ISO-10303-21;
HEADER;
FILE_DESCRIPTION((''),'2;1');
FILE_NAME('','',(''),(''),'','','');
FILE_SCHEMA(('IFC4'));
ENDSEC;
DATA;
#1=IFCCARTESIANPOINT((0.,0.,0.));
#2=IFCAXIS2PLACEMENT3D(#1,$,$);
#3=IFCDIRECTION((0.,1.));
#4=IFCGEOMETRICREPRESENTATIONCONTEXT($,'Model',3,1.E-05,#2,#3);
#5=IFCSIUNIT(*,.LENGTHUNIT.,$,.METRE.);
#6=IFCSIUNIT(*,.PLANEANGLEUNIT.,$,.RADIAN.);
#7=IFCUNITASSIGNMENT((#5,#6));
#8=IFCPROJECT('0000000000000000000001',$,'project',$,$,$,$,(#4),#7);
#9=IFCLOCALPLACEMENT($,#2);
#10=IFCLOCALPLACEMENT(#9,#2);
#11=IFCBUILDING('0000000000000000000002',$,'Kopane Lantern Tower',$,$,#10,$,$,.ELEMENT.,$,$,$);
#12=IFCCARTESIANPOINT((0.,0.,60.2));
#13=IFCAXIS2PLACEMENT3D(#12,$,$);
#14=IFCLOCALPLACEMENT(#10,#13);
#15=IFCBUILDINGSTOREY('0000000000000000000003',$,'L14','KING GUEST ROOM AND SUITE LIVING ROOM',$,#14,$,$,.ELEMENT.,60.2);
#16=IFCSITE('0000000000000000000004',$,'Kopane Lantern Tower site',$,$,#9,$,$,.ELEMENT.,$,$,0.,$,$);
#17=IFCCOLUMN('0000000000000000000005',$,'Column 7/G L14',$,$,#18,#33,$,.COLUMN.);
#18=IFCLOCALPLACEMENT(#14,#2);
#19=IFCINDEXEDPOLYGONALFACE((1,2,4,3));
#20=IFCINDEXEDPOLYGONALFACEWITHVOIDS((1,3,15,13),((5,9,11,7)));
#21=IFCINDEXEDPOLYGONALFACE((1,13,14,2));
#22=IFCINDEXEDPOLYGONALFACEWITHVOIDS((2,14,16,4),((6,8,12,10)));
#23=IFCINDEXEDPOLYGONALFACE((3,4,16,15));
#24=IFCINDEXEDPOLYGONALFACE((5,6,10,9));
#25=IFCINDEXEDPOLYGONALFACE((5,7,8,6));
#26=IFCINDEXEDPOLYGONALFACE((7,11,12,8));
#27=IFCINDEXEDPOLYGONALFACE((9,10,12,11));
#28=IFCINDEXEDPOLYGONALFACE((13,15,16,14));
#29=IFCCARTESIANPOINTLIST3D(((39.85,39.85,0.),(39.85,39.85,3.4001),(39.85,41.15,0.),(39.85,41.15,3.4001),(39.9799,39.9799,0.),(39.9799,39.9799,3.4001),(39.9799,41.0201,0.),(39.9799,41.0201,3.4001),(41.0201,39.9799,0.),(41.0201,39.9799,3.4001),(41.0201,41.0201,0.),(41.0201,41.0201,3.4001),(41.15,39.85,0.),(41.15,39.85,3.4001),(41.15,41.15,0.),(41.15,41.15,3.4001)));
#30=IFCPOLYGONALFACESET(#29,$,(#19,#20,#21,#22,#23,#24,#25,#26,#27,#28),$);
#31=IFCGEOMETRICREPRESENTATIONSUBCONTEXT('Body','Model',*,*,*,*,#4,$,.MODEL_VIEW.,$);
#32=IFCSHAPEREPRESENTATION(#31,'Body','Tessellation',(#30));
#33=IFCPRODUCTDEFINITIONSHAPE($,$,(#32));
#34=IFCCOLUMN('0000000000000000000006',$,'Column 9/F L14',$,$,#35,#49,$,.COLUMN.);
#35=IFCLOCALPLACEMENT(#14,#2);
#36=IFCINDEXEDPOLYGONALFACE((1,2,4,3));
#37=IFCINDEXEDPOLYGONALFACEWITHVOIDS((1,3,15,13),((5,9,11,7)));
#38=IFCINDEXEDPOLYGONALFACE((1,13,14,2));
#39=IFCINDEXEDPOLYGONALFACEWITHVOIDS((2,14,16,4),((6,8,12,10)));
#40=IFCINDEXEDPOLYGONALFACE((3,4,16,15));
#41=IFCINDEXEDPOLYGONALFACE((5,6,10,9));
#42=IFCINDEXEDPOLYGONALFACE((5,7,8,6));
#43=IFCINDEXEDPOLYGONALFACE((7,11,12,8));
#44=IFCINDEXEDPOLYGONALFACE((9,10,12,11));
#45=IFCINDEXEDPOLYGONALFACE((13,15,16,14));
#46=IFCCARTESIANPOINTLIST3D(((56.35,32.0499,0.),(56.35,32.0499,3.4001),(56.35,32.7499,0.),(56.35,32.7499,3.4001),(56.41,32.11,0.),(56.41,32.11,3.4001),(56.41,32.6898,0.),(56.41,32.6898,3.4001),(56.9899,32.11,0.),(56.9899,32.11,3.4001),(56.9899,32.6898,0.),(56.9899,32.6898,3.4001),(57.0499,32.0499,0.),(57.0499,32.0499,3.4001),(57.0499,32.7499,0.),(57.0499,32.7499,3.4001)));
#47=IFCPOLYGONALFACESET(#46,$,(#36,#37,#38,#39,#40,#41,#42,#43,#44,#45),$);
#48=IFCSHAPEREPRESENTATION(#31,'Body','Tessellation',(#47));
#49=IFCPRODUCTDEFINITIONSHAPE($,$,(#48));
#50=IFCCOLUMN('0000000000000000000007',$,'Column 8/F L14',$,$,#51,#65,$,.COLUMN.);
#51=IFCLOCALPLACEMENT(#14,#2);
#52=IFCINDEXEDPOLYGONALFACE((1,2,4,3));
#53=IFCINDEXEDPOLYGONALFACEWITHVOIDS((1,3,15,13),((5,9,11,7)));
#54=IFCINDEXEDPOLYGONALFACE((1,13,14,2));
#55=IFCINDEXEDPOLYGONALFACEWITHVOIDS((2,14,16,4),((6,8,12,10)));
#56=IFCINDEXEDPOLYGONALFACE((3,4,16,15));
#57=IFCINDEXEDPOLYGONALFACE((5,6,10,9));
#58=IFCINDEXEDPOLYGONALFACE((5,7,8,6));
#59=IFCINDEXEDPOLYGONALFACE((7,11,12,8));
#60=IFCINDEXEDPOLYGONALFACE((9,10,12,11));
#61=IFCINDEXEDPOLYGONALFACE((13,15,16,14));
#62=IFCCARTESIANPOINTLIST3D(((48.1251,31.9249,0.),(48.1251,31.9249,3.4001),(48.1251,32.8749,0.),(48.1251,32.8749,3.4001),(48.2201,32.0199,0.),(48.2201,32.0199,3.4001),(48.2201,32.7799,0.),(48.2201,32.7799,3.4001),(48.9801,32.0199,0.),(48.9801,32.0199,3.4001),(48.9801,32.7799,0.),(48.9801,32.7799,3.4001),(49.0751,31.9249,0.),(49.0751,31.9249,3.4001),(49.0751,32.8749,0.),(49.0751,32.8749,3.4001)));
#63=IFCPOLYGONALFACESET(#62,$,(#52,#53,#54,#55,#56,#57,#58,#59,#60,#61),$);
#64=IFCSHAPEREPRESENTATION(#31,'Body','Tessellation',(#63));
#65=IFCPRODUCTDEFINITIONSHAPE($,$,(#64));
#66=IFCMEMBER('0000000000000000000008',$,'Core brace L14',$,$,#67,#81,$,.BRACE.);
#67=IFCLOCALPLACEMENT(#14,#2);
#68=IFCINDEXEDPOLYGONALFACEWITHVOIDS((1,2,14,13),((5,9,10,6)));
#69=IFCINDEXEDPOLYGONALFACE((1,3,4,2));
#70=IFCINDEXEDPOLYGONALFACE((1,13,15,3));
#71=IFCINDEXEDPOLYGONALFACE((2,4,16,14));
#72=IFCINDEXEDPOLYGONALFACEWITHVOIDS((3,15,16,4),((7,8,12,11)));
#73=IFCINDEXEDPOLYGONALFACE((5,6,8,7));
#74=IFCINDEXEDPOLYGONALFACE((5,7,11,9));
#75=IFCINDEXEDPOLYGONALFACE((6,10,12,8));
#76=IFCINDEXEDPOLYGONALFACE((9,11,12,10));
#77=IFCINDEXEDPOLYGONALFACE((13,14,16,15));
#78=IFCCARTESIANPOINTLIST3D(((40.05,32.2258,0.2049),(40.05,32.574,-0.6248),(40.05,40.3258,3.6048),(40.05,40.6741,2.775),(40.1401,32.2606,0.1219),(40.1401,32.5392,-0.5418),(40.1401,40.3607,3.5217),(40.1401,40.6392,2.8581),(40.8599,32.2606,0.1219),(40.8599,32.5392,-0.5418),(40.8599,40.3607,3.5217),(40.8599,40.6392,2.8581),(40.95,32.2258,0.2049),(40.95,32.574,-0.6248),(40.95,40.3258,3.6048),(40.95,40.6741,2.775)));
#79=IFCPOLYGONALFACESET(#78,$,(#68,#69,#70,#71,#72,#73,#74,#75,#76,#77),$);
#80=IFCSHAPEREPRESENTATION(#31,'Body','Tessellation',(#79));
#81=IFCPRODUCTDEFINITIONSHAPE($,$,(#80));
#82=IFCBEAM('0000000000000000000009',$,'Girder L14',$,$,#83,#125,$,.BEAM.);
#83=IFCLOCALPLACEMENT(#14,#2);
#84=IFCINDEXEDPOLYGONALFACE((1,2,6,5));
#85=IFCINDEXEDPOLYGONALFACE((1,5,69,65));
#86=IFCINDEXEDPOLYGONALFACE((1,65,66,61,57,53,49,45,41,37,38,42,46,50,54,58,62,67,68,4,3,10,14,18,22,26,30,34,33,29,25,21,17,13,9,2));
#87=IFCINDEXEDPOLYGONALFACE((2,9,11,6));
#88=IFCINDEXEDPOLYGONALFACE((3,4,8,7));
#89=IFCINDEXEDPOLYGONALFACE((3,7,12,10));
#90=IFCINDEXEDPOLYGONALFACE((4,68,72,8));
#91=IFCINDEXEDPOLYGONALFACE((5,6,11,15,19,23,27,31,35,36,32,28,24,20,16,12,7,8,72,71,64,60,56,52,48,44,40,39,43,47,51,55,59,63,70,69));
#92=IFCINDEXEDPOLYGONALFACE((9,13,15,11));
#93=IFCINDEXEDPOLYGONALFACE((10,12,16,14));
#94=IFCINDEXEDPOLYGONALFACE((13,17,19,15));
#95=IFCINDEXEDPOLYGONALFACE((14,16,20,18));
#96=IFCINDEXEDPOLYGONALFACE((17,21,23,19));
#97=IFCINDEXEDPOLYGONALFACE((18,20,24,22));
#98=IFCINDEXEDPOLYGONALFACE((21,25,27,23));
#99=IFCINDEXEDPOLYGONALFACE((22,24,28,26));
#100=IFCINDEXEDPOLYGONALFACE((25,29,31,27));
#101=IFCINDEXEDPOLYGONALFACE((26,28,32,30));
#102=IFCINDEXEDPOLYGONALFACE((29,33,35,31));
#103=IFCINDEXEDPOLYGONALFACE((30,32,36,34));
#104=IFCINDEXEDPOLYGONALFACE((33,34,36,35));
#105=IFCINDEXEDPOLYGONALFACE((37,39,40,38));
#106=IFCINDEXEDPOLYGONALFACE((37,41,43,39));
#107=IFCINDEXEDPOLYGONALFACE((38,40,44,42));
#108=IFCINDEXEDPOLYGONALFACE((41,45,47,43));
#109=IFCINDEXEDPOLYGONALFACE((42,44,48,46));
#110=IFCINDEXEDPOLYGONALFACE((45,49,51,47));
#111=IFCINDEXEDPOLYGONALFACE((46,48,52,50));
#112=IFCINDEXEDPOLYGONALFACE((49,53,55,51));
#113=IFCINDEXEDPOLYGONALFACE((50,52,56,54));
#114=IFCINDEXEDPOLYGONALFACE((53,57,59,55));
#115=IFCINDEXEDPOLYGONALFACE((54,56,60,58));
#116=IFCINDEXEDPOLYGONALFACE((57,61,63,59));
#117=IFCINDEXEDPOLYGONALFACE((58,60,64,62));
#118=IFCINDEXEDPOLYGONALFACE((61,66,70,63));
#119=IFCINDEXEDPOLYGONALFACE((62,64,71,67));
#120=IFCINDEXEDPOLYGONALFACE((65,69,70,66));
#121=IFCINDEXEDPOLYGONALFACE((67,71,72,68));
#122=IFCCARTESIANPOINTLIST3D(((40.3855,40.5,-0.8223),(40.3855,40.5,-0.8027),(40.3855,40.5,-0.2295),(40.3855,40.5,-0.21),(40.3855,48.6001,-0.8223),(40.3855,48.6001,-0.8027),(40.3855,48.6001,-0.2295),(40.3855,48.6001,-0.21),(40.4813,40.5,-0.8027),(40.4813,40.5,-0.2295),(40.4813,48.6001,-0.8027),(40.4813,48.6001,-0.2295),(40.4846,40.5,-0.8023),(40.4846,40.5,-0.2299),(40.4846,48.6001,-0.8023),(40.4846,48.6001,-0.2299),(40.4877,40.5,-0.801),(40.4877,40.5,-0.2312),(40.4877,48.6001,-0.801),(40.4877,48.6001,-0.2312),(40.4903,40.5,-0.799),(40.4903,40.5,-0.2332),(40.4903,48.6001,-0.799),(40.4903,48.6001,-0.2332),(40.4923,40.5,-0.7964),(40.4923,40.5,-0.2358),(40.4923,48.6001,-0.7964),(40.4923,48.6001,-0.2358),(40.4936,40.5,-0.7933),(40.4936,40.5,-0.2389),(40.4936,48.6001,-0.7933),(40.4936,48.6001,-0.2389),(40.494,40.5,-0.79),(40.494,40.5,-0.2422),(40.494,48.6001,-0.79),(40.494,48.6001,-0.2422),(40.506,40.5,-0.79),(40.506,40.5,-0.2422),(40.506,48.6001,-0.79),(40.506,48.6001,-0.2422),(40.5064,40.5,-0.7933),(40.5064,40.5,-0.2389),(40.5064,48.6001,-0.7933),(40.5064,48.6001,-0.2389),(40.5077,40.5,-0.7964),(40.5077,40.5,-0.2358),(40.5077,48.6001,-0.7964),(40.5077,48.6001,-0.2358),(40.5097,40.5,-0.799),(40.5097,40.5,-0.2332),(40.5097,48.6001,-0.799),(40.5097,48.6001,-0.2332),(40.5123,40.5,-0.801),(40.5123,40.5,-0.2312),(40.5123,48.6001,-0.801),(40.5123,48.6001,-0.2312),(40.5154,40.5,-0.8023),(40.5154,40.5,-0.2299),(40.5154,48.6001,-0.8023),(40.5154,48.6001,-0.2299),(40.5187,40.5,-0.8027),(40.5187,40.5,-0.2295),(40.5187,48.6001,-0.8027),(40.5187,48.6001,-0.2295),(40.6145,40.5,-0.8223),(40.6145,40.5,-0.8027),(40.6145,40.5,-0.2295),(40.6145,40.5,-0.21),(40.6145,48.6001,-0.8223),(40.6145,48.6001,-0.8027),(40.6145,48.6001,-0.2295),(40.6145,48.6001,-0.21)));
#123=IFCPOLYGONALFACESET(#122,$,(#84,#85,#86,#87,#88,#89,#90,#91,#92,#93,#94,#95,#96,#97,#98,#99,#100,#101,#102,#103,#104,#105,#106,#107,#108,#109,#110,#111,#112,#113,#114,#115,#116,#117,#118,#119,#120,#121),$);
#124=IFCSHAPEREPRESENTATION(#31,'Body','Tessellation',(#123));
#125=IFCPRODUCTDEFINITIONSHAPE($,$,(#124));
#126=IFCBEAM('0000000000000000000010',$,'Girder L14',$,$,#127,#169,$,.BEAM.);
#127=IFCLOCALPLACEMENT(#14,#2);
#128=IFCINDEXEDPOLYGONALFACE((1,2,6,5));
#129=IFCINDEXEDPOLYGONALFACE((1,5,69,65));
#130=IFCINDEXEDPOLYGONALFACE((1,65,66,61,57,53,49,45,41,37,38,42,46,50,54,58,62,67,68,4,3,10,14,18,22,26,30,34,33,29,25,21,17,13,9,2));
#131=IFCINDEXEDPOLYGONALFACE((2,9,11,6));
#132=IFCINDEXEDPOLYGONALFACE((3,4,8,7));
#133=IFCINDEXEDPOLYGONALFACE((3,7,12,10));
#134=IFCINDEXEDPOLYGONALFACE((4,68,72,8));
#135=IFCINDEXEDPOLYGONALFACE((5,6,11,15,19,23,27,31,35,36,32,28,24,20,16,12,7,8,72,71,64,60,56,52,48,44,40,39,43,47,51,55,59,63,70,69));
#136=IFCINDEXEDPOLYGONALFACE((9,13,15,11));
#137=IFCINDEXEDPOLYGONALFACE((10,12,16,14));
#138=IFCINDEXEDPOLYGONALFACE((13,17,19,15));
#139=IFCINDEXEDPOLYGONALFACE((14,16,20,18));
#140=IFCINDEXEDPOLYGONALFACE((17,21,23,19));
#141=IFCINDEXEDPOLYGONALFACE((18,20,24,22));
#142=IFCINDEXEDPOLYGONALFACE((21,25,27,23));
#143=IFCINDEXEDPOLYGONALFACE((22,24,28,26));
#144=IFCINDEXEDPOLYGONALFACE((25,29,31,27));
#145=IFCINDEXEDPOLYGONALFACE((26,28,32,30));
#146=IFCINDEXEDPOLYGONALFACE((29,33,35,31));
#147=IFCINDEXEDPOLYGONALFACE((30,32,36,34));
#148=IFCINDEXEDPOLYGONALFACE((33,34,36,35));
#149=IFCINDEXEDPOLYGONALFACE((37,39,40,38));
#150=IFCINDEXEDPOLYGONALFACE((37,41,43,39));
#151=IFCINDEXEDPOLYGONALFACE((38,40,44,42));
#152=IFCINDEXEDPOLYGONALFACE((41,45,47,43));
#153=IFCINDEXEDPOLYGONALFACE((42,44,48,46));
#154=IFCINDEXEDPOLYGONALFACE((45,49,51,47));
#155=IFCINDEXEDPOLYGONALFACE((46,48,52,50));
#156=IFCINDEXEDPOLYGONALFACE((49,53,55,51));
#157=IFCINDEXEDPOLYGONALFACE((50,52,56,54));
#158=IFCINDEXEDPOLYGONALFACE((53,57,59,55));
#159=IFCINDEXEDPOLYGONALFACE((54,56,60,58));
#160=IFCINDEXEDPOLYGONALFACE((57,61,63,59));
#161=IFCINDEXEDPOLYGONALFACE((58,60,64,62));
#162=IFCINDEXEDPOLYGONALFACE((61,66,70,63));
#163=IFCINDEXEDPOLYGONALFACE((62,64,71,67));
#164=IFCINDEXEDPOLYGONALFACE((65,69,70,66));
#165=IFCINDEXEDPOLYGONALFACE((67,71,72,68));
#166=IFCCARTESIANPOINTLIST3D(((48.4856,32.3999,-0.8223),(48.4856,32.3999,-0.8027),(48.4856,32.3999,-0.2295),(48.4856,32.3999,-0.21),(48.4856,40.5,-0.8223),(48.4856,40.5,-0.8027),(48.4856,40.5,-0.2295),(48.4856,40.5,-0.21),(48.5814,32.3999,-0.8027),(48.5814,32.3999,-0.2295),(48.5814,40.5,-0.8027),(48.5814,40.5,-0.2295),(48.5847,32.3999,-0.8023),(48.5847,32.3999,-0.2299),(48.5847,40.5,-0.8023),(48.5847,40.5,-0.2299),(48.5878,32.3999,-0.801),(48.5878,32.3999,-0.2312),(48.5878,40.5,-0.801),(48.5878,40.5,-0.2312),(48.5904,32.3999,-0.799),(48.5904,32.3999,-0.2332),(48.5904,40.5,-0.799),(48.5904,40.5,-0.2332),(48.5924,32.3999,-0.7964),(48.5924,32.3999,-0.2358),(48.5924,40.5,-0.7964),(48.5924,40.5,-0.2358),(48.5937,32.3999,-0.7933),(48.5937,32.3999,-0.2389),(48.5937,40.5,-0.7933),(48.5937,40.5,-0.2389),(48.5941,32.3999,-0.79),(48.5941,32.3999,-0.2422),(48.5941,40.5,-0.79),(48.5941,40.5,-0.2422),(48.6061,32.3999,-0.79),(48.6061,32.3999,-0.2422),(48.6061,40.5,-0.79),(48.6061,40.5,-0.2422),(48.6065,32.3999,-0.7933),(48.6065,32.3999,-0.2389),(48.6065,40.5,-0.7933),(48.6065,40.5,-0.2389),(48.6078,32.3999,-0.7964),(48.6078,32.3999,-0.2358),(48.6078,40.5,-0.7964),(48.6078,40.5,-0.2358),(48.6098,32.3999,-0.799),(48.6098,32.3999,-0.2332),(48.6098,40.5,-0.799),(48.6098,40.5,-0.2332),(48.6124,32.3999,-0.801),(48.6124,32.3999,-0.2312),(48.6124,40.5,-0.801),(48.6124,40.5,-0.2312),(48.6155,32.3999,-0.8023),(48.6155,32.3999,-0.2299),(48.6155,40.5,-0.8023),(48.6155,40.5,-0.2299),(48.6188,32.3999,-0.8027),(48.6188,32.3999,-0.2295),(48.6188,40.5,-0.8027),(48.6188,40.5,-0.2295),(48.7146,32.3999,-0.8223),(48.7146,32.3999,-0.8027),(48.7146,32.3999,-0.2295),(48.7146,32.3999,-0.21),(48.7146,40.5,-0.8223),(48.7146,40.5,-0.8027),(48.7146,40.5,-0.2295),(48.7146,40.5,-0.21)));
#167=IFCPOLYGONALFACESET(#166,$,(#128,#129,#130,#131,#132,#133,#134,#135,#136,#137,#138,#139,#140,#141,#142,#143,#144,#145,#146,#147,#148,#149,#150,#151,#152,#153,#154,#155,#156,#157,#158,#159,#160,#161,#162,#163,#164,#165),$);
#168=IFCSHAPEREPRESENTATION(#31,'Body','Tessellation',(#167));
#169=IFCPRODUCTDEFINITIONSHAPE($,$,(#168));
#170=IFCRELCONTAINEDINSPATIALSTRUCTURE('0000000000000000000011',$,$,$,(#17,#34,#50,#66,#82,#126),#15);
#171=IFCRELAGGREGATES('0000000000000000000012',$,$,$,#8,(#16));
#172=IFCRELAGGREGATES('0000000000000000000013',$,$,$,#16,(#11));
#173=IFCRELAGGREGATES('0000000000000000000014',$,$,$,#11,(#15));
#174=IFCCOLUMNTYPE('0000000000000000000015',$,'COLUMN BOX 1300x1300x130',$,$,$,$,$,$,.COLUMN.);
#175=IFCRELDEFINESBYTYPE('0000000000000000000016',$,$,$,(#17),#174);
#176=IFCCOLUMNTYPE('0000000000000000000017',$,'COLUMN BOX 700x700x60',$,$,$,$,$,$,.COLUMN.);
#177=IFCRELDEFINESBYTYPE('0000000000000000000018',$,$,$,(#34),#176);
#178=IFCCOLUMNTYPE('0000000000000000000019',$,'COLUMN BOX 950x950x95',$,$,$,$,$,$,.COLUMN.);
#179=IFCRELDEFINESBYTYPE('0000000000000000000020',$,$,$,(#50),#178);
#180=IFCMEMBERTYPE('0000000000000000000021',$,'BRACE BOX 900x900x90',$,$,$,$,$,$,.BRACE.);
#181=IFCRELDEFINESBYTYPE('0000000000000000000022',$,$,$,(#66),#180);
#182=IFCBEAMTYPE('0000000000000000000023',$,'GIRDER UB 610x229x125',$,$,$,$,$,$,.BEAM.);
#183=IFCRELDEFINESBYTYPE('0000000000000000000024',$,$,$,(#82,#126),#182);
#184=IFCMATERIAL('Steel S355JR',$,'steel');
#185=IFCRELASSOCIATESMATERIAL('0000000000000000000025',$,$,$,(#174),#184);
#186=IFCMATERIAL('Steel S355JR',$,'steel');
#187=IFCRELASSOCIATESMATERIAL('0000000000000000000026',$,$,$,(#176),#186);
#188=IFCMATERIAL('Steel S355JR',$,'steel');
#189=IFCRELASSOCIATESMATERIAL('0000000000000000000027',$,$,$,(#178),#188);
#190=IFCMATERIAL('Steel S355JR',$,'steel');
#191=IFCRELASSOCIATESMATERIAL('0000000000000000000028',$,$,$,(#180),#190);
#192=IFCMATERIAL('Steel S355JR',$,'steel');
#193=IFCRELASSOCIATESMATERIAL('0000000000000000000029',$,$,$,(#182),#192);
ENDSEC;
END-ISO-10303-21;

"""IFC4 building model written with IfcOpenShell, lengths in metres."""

from ifc_helpers import new_model, si_unit, direction, frame, origin, origin_2d, place, context, subcontext, project, spatial, hollow_rectangle, i_section, extrude, material, material_profile, profile_set, type_object, element, save


model = new_model("IFC4")

# Units and contexts
model_context = context("Model", 3, precision=1e-05, world=origin(), true_north=direction((0.0, 1.0)))
body_context = subcontext(model_context, "Body", "Model", "MODEL_VIEW")
ifc_project = project(units=[si_unit("LENGTHUNIT", "METRE"), si_unit("PLANEANGLEUNIT", "RADIAN")], contexts=[model_context])

# Site, building, storey
site_placement = place(None, origin())
site = spatial("IfcSite", under=ifc_project, at=site_placement, Name="Kopane Lantern Tower site", CompositionType="ELEMENT", RefElevation=0.0)
building_placement = place(site_placement, origin())
building = spatial("IfcBuilding", under=site, at=building_placement, Name="Kopane Lantern Tower", CompositionType="ELEMENT")
storey_placement = place(building_placement, frame((0.0, 0.0, 60.2)))
storey = spatial("IfcBuildingStorey", under=building, at=storey_placement, Name="L14", Description="KING GUEST ROOM AND SUITE LIVING ROOM", CompositionType="ELEMENT", Elevation=60.2)

# Columns
ifc_material_1 = material(Name="Steel S355JR", Category="steel")
ifc_material_profile_1 = material_profile(ifc_material_1, hollow_rectangle(XDim=1.3, YDim=1.3, WallThickness=0.1299, at=origin_2d()), Name="BOX 1300x1300x130")
ifc_profile_set_1 = profile_set([ifc_material_profile_1], Name="Steel S355JR")
column_type_1 = type_object("IfcColumnType", Name="COLUMN BOX 1300x1300x130", PredefinedType="COLUMN", material=ifc_profile_set_1)
column_1_placement = place(storey_placement, frame((40.5, 40.5, 0.0), z_axis=(0.0, 0.0, 1.0), x_axis=(1.0, 0.0, 0.0)))
element("IfcColumn", 1, at=column_1_placement, inside=storey, type_object=column_type_1, Name="Column 7/G L14", PredefinedType="COLUMN", context=body_context, shape_type="SweptSolid", body=[
    extrude(hollow_rectangle(XDim=1.3, YDim=1.3, WallThickness=0.1299, at=origin_2d()), origin(), (0.0, 0.0, 1.0), 3.4001),
])
ifc_material_2 = material(Name="Steel S355JR", Category="steel")
ifc_material_profile_2 = material_profile(ifc_material_2, hollow_rectangle(XDim=0.7, YDim=0.7, WallThickness=0.0601, at=origin_2d()), Name="BOX 700x700x60")
ifc_profile_set_2 = profile_set([ifc_material_profile_2], Name="Steel S355JR")
column_type_2 = type_object("IfcColumnType", Name="COLUMN BOX 700x700x60", PredefinedType="COLUMN", material=ifc_profile_set_2)
column_2_placement = place(storey_placement, frame((56.7, 32.3999, 0.0), z_axis=(0.0, 0.0, 1.0), x_axis=(1.0, 0.0, 0.0)))
element("IfcColumn", 2, at=column_2_placement, inside=storey, type_object=column_type_2, Name="Column 9/F L14", PredefinedType="COLUMN", context=body_context, shape_type="SweptSolid", body=[
    extrude(hollow_rectangle(XDim=0.7, YDim=0.7, WallThickness=0.0601, at=origin_2d()), origin(), (0.0, 0.0, 1.0), 3.4001),
])
ifc_material_3 = material(Name="Steel S355JR", Category="steel")
ifc_material_profile_3 = material_profile(ifc_material_3, hollow_rectangle(XDim=0.95, YDim=0.95, WallThickness=0.095, at=origin_2d()), Name="BOX 950x950x95")
ifc_profile_set_3 = profile_set([ifc_material_profile_3], Name="Steel S355JR")
column_type_3 = type_object("IfcColumnType", Name="COLUMN BOX 950x950x95", PredefinedType="COLUMN", material=ifc_profile_set_3)
column_3_placement = place(storey_placement, frame((48.6001, 32.3999, 0.0), z_axis=(0.0, 0.0, 1.0), x_axis=(1.0, 0.0, 0.0)))
element("IfcColumn", 3, at=column_3_placement, inside=storey, type_object=column_type_3, Name="Column 8/F L14", PredefinedType="COLUMN", context=body_context, shape_type="SweptSolid", body=[
    extrude(hollow_rectangle(XDim=0.95, YDim=0.95, WallThickness=0.095, at=origin_2d()), origin(), (0.0, 0.0, 1.0), 3.4001),
])

# Member
ifc_material_4 = material(Name="Steel S355JR", Category="steel")
ifc_material_profile_4 = material_profile(ifc_material_4, hollow_rectangle(XDim=0.8999, YDim=0.8999, WallThickness=0.0901, at=origin_2d()), Name="BOX 900x900x90")
ifc_profile_set_4 = profile_set([ifc_material_profile_4], Name="Steel S355JR")
member_type = type_object("IfcMemberType", Name="BRACE BOX 900x900x90", PredefinedType="BRACE", material=ifc_profile_set_4)
member_placement = place(storey_placement, frame((40.5, 32.3999, -0.21), z_axis=(0.0, 0.922069, 0.387026), x_axis=(-1.0, 0.0, 0.0)))
element("IfcMember", 4, at=member_placement, inside=storey, type_object=member_type, Name="Core brace L14", PredefinedType="BRACE", context=body_context, shape_type="SweptSolid", body=[
    extrude(hollow_rectangle(XDim=0.8999, YDim=0.8999, WallThickness=0.0901, at=origin_2d()), origin(), (0.0, 0.0, 1.0), 8.7847),
])

# Beams
ifc_material_5 = material(Name="Steel S355JR", Category="steel")
ifc_material_profile_5 = material_profile(ifc_material_5, i_section(OverallWidth=0.229, OverallDepth=0.6123, WebThickness=0.012, FlangeThickness=0.0195, FilletRadius=0.0127, at=origin_2d()), Name="UB 610x229x125")
ifc_profile_set_5 = profile_set([ifc_material_profile_5], Name="Steel S355JR")
beam_type = type_object("IfcBeamType", Name="GIRDER UB 610x229x125", PredefinedType="BEAM", material=ifc_profile_set_5)
for number, where, z_axis, x_axis, name in (
    (5, (40.5, 40.5, -0.5161), (0.0, 1.0, 0.0), (-1.0, 0.0, 0.0), "Girder L14"),
    (6, (48.6001, 32.3999, -0.5161), (0.0, 1.0, 0.0), (-1.0, 0.0, 0.0), "Girder L14"),
):
    element("IfcBeam", number, at=place(storey_placement, frame(where, z_axis=z_axis, x_axis=x_axis)), inside=storey, type_object=beam_type, Name=name, PredefinedType="BEAM", context=body_context, shape_type="SweptSolid", body=[
        extrude(i_section(OverallWidth=0.229, OverallDepth=0.6123, WebThickness=0.012, FlangeThickness=0.0195, FilletRadius=0.0127, at=origin_2d()), origin(), (0.0, 0.0, 1.0), 8.1001),
    ])

save(model, "model.ifc")
